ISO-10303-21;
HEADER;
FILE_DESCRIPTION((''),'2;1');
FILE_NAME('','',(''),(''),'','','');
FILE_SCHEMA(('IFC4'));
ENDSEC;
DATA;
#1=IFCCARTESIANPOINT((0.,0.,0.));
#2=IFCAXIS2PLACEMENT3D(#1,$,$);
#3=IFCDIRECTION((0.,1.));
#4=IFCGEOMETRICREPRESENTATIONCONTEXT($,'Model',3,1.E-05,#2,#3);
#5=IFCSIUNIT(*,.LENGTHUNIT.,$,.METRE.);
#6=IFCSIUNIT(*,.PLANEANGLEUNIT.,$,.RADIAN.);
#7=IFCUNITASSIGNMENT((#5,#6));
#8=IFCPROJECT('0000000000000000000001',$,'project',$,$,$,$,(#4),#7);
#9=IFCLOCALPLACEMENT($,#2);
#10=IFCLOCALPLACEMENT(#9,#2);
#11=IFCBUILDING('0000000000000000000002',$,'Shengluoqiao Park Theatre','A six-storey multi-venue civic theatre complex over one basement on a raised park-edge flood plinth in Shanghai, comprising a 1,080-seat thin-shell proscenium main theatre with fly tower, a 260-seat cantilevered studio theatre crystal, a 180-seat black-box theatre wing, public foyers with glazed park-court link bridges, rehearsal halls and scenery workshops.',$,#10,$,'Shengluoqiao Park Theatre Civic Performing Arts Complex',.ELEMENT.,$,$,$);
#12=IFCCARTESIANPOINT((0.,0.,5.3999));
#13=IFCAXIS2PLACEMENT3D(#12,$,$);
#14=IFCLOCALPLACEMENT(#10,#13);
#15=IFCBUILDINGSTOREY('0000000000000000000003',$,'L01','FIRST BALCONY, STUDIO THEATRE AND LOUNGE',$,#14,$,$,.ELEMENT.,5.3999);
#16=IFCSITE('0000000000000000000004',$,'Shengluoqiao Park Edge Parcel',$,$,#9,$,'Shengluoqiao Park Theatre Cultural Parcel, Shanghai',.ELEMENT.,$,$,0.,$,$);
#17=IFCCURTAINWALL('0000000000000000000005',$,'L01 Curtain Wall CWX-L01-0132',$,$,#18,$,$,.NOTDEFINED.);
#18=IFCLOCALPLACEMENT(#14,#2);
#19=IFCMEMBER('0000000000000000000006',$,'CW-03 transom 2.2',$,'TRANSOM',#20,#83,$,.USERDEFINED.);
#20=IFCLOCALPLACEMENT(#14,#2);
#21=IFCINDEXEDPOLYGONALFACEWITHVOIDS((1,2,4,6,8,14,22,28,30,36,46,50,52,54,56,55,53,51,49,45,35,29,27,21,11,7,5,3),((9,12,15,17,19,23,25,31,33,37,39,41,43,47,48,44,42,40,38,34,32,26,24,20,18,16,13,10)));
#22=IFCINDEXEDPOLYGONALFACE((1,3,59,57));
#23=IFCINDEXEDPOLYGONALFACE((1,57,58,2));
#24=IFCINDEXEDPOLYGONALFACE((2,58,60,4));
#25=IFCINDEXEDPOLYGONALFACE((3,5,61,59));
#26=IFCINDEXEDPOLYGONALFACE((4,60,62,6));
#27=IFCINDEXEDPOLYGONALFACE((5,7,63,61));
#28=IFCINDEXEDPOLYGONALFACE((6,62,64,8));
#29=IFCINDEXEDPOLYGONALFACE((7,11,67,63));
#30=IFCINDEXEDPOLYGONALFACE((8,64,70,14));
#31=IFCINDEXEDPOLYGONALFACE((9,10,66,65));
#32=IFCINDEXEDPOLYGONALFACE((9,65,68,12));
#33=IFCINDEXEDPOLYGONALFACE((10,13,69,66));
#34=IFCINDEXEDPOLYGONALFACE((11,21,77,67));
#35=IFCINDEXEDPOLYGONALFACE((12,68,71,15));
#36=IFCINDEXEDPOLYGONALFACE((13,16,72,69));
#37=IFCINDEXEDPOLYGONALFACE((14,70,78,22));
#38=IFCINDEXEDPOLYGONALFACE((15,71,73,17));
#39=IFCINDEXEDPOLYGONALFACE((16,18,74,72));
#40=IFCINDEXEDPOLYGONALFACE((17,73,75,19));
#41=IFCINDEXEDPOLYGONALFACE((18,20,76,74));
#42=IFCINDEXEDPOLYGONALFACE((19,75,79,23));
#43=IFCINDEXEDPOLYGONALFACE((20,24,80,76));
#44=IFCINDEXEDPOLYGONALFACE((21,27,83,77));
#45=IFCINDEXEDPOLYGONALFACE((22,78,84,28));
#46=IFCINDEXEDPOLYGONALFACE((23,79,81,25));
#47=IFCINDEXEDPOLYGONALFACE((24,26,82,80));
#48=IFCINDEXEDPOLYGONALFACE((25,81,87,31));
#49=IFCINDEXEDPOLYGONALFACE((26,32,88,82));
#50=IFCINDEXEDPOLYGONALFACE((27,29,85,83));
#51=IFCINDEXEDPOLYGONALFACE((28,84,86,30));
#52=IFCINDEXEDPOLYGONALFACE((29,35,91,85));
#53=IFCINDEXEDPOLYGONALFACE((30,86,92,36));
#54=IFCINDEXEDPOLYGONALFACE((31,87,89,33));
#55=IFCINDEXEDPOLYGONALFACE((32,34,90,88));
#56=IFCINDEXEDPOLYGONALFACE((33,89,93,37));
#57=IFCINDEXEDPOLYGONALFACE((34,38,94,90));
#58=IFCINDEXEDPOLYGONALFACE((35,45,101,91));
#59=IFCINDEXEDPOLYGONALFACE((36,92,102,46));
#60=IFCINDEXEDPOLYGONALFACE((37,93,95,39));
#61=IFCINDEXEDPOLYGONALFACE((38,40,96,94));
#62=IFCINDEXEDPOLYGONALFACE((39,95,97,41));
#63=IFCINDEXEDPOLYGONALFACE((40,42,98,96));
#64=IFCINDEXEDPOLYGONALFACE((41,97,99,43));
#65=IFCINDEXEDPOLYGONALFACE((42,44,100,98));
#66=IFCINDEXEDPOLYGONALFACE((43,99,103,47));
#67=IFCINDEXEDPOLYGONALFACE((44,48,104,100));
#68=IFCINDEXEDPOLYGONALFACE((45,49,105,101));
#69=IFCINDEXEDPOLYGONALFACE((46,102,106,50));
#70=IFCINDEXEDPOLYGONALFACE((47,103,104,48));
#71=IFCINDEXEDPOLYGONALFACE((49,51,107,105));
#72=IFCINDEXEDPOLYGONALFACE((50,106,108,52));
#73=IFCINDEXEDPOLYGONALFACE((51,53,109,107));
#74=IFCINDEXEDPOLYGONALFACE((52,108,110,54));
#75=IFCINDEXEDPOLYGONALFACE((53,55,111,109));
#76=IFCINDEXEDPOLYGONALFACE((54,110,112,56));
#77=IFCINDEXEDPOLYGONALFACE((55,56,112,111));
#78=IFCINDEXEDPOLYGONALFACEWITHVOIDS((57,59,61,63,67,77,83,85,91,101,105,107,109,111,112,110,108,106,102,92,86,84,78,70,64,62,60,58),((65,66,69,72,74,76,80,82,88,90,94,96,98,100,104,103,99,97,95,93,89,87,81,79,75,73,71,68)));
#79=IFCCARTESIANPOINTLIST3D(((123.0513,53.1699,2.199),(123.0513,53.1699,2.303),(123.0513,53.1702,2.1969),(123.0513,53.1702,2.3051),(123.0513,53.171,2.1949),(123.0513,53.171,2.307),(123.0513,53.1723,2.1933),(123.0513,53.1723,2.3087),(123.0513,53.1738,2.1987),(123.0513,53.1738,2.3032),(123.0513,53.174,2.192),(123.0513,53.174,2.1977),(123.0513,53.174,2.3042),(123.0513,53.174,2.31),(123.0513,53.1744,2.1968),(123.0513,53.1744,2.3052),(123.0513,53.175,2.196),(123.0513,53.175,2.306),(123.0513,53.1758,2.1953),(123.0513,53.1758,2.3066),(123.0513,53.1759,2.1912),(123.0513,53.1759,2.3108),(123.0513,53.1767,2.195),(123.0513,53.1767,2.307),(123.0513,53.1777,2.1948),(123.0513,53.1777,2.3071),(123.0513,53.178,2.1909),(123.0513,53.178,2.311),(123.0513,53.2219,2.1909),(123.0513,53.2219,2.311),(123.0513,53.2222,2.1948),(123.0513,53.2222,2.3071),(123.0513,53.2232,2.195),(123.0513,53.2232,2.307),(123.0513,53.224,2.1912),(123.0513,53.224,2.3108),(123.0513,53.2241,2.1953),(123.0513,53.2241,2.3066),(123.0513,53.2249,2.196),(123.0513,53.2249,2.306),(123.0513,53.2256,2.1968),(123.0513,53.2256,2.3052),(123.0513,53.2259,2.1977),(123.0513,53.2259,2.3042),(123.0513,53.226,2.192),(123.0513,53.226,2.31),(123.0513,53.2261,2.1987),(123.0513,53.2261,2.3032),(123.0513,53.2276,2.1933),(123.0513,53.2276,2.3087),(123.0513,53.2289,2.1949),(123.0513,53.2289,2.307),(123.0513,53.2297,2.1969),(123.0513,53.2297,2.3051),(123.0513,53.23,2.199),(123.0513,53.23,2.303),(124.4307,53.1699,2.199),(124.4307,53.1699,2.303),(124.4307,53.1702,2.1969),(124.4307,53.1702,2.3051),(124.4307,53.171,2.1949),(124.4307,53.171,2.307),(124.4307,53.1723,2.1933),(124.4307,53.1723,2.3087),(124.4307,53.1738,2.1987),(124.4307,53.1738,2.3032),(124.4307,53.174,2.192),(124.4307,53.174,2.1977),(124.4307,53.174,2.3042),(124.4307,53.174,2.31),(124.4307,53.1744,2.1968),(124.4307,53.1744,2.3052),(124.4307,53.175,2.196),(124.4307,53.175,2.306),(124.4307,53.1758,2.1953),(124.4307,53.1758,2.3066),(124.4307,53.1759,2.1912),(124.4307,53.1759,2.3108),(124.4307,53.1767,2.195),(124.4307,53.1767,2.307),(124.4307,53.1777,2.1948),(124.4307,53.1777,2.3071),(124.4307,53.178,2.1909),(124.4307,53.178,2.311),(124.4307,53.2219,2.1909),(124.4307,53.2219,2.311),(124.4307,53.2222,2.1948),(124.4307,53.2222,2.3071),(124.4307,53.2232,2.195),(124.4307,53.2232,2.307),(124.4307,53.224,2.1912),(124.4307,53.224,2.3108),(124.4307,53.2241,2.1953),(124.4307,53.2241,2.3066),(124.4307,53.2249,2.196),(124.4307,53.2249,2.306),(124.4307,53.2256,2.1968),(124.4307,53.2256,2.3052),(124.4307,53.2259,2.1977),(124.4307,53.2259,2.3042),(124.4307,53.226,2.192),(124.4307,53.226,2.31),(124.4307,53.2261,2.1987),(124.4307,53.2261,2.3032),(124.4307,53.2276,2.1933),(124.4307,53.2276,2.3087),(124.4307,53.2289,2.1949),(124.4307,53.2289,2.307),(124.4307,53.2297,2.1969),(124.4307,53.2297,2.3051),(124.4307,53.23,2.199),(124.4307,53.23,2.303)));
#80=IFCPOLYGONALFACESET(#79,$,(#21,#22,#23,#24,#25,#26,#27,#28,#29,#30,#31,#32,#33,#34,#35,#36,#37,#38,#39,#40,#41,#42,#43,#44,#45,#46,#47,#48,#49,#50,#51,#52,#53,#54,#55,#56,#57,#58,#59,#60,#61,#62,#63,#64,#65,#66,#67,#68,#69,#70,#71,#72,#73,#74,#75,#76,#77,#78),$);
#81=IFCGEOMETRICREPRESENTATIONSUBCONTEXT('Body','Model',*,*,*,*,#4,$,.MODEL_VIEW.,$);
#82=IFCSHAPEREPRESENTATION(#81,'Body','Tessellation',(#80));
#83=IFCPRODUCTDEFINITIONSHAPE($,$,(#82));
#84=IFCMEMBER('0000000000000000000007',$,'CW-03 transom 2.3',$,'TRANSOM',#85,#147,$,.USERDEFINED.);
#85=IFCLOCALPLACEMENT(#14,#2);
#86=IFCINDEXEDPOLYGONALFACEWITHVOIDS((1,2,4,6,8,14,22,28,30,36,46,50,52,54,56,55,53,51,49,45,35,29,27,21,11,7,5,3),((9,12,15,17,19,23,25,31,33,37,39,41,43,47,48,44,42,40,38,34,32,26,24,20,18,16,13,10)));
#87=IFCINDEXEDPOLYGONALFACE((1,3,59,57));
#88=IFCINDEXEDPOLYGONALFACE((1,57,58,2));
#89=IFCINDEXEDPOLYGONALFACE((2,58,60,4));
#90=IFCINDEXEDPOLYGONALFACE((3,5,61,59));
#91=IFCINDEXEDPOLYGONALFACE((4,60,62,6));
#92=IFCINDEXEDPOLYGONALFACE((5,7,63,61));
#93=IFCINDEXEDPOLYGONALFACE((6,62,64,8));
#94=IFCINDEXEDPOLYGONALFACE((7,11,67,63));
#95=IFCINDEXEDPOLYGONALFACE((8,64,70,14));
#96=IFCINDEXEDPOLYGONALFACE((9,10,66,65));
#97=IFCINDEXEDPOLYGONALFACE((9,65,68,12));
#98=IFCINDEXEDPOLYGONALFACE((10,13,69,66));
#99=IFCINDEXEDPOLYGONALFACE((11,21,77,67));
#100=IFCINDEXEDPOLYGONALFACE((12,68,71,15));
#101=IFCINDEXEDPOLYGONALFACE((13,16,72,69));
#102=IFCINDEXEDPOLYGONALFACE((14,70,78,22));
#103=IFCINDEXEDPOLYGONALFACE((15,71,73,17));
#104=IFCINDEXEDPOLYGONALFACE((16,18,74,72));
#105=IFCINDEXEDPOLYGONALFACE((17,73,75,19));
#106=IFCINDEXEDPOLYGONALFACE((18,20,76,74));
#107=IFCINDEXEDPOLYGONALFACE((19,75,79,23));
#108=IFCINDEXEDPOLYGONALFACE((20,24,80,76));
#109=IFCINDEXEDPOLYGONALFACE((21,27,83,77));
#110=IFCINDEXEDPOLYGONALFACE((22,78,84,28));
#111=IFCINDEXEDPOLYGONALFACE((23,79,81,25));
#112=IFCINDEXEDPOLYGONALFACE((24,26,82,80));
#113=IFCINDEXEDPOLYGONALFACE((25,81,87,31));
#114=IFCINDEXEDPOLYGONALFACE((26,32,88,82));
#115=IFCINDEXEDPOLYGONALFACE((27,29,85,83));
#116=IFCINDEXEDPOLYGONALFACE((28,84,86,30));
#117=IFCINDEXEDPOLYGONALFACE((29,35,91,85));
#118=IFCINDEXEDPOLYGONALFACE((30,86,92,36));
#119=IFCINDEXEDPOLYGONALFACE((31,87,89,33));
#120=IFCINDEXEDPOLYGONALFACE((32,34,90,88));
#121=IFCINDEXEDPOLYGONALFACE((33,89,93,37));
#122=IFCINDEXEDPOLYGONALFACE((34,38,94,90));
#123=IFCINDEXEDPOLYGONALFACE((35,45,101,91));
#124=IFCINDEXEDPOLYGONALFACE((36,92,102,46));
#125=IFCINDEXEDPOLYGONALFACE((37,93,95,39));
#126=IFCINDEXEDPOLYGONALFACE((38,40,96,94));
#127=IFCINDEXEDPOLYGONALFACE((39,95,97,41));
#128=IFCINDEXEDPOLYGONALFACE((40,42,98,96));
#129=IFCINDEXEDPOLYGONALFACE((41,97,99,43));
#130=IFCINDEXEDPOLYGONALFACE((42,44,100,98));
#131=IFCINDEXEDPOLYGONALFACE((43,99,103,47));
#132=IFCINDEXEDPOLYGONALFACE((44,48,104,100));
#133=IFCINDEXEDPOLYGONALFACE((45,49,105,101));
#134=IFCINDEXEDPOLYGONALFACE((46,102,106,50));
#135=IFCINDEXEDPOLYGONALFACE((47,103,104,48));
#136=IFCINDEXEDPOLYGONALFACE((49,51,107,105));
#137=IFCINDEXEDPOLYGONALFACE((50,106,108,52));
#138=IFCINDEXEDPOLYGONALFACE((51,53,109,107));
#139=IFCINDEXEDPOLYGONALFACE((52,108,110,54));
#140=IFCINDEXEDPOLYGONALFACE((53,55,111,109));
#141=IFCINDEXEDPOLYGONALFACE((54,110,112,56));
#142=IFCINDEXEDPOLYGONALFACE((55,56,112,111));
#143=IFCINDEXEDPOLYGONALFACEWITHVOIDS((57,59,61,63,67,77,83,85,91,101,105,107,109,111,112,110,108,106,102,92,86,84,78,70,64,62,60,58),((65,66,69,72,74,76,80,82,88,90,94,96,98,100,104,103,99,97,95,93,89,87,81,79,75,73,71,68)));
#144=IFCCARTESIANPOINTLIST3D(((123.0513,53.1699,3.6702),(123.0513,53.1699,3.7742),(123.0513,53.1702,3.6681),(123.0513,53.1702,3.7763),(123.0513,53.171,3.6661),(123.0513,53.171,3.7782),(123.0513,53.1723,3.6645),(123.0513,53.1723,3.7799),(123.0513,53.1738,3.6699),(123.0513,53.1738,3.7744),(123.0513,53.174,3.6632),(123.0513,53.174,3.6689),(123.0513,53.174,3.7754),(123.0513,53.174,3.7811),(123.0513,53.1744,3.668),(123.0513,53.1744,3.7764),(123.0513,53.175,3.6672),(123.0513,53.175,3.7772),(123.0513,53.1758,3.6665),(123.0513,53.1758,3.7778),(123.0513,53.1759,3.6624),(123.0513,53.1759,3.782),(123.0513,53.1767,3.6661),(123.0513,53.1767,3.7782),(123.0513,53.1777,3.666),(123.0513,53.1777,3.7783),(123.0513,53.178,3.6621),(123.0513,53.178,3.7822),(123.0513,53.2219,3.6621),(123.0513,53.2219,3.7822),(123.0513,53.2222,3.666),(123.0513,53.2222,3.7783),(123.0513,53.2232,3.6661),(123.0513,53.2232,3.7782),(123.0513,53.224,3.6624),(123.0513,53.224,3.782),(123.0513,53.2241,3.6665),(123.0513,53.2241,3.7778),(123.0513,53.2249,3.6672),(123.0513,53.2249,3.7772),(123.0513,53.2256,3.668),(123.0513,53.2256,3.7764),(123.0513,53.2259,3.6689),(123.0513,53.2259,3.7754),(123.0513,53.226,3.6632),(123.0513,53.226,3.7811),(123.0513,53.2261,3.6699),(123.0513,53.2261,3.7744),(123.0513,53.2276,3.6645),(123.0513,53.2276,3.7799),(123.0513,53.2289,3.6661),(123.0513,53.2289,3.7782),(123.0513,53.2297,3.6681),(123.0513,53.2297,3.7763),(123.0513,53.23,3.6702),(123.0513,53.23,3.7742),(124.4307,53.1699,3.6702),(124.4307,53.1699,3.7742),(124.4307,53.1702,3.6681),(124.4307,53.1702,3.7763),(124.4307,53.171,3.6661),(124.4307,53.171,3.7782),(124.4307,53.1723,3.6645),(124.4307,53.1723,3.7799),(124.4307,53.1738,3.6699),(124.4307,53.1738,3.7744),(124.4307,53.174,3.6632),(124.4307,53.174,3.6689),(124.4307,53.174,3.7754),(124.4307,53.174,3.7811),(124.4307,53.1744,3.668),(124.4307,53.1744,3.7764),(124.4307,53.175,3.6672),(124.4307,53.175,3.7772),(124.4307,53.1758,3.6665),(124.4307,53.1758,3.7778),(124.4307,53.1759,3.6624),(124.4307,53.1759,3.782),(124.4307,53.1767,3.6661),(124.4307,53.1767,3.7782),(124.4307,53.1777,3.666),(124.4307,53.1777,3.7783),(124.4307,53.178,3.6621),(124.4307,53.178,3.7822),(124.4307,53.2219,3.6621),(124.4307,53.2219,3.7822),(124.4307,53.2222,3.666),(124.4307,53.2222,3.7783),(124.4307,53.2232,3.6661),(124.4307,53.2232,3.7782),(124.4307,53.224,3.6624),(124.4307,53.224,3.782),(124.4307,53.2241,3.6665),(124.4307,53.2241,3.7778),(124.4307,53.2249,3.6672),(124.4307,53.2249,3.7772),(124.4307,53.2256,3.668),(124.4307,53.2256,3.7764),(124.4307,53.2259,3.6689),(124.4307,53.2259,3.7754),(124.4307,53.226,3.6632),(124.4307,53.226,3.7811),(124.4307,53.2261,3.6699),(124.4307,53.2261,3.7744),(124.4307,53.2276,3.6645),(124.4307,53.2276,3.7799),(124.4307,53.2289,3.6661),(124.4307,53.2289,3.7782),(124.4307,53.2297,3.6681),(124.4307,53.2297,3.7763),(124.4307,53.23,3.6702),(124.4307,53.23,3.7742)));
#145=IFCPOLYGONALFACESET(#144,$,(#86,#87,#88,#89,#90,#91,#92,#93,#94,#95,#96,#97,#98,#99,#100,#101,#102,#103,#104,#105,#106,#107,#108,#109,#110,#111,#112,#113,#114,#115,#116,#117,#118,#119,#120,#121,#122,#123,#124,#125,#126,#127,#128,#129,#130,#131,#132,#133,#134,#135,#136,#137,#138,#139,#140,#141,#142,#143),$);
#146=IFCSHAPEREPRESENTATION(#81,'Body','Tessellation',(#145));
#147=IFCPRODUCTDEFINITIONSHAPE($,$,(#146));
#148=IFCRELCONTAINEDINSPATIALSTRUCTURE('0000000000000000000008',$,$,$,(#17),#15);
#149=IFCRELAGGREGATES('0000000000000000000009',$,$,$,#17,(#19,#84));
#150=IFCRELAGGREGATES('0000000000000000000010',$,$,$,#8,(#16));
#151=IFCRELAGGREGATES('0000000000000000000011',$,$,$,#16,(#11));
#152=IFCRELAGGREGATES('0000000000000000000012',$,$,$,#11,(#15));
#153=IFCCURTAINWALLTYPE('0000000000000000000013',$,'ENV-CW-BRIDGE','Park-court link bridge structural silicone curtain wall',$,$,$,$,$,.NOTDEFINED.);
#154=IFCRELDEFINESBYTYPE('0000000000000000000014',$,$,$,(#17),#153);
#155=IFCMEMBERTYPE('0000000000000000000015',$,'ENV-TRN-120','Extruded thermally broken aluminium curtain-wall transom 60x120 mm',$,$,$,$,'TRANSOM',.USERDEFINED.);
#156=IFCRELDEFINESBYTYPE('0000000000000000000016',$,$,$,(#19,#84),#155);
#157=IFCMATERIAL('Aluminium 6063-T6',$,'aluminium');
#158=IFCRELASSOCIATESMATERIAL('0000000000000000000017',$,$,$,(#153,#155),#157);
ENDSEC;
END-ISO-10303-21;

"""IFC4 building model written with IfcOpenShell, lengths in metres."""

from ifc_helpers import new_model, si_unit, direction, frame, origin, origin_2d, place, context, subcontext, project, spatial, hollow_rectangle, extrude, material, material_profile, profile_set, type_object, element, aggregate, save


model = new_model("IFC4")

# Units and contexts
model_context = context("Model", 3, precision=1e-05, world=origin(), true_north=direction((0.0, 1.0)))
body_context = subcontext(model_context, "Body", "Model", "MODEL_VIEW")
ifc_project = project(units=[si_unit("LENGTHUNIT", "METRE"), si_unit("PLANEANGLEUNIT", "RADIAN")], contexts=[model_context])

# Site, building, storey
site_placement = place(None, origin())
site = spatial("IfcSite", under=ifc_project, at=site_placement, Name="Shengluoqiao Park Edge Parcel", LongName="Shengluoqiao Park Theatre Cultural Parcel, Shanghai", CompositionType="ELEMENT", RefElevation=0.0)
building_placement = place(site_placement, origin())
building = spatial("IfcBuilding", under=site, at=building_placement, Name="Shengluoqiao Park Theatre", Description="A six-storey multi-venue civic theatre complex over one basement on a raised park-edge flood plinth in Shanghai, comprising a 1,080-seat thin-shell proscenium main theatre with fly tower, a 260-seat cantilevered studio theatre crystal, a 180-seat black-box theatre wing, public foyers with glazed park-court link bridges, rehearsal halls and scenery workshops.", LongName="Shengluoqiao Park Theatre Civic Performing Arts Complex", CompositionType="ELEMENT")
storey_placement = place(building_placement, frame((0.0, 0.0, 5.3999)))
storey = spatial("IfcBuildingStorey", under=building, at=storey_placement, Name="L01", Description="FIRST BALCONY, STUDIO THEATRE AND LOUNGE", CompositionType="ELEMENT", Elevation=5.3999)

# Curtain wall, members
ifc_material_1 = material(Name="Aluminium 6063-T6", Category="aluminium")
curtain_wall_type = type_object("IfcCurtainWallType", Name="ENV-CW-BRIDGE", Description="Park-court link bridge structural silicone curtain wall", PredefinedType="NOTDEFINED", material=ifc_material_1)
curtain_wall_placement = place(storey_placement, origin())
curtain_wall = element("IfcCurtainWall", 1, at=curtain_wall_placement, inside=storey, type_object=curtain_wall_type, Name="L01 Curtain Wall CWX-L01-0132", PredefinedType="NOTDEFINED")
ifc_material_profile_1 = material_profile(ifc_material_1, hollow_rectangle(XDim=0.0601, YDim=0.1201, WallThickness=0.0039, InnerFilletRadius=0.0039, OuterFilletRadius=0.0081, at=origin_2d()), Name="ALU TRANSOM 120x60x4")
ifc_profile_set_1 = profile_set([ifc_material_profile_1], Name="Aluminium 6063-T6")
member_type_1 = type_object("IfcMemberType", Name="ENV-TRN-120", Description="Extruded thermally broken aluminium curtain-wall transom 60x120 mm", ElementType="TRANSOM", PredefinedType="USERDEFINED", material=ifc_profile_set_1)
member_1_placement = place(storey_placement, frame((123.0513, 53.2, 2.251), z_axis=(1.0, 0.0, 0.0), x_axis=(0.0, 1.0, 0.0)))
member_1 = element("IfcMember", 2, at=member_1_placement, type_object=member_type_1, Name="CW-03 transom 2.2", ObjectType="TRANSOM", PredefinedType="USERDEFINED", context=body_context, shape_type="SweptSolid", body=[
    extrude(hollow_rectangle(XDim=0.0601, YDim=0.1201, WallThickness=0.0039, InnerFilletRadius=0.0039, OuterFilletRadius=0.0081, at=origin_2d()), origin(), (0.0, 0.0, 1.0), 1.3794),
])
member_2_placement = place(storey_placement, frame((123.0513, 53.2, 3.7222), z_axis=(1.0, 0.0, 0.0), x_axis=(0.0, 1.0, 0.0)))
member_2 = element("IfcMember", 3, at=member_2_placement, type_object=member_type_1, Name="CW-03 transom 2.3", ObjectType="TRANSOM", PredefinedType="USERDEFINED", context=body_context, shape_type="SweptSolid", body=[
    extrude(hollow_rectangle(XDim=0.0601, YDim=0.1201, WallThickness=0.0039, InnerFilletRadius=0.0039, OuterFilletRadius=0.0081, at=origin_2d()), origin(), (0.0, 0.0, 1.0), 1.3794),
])

aggregate(curtain_wall, [member_1, member_2])

save(model, "model.ifc")
